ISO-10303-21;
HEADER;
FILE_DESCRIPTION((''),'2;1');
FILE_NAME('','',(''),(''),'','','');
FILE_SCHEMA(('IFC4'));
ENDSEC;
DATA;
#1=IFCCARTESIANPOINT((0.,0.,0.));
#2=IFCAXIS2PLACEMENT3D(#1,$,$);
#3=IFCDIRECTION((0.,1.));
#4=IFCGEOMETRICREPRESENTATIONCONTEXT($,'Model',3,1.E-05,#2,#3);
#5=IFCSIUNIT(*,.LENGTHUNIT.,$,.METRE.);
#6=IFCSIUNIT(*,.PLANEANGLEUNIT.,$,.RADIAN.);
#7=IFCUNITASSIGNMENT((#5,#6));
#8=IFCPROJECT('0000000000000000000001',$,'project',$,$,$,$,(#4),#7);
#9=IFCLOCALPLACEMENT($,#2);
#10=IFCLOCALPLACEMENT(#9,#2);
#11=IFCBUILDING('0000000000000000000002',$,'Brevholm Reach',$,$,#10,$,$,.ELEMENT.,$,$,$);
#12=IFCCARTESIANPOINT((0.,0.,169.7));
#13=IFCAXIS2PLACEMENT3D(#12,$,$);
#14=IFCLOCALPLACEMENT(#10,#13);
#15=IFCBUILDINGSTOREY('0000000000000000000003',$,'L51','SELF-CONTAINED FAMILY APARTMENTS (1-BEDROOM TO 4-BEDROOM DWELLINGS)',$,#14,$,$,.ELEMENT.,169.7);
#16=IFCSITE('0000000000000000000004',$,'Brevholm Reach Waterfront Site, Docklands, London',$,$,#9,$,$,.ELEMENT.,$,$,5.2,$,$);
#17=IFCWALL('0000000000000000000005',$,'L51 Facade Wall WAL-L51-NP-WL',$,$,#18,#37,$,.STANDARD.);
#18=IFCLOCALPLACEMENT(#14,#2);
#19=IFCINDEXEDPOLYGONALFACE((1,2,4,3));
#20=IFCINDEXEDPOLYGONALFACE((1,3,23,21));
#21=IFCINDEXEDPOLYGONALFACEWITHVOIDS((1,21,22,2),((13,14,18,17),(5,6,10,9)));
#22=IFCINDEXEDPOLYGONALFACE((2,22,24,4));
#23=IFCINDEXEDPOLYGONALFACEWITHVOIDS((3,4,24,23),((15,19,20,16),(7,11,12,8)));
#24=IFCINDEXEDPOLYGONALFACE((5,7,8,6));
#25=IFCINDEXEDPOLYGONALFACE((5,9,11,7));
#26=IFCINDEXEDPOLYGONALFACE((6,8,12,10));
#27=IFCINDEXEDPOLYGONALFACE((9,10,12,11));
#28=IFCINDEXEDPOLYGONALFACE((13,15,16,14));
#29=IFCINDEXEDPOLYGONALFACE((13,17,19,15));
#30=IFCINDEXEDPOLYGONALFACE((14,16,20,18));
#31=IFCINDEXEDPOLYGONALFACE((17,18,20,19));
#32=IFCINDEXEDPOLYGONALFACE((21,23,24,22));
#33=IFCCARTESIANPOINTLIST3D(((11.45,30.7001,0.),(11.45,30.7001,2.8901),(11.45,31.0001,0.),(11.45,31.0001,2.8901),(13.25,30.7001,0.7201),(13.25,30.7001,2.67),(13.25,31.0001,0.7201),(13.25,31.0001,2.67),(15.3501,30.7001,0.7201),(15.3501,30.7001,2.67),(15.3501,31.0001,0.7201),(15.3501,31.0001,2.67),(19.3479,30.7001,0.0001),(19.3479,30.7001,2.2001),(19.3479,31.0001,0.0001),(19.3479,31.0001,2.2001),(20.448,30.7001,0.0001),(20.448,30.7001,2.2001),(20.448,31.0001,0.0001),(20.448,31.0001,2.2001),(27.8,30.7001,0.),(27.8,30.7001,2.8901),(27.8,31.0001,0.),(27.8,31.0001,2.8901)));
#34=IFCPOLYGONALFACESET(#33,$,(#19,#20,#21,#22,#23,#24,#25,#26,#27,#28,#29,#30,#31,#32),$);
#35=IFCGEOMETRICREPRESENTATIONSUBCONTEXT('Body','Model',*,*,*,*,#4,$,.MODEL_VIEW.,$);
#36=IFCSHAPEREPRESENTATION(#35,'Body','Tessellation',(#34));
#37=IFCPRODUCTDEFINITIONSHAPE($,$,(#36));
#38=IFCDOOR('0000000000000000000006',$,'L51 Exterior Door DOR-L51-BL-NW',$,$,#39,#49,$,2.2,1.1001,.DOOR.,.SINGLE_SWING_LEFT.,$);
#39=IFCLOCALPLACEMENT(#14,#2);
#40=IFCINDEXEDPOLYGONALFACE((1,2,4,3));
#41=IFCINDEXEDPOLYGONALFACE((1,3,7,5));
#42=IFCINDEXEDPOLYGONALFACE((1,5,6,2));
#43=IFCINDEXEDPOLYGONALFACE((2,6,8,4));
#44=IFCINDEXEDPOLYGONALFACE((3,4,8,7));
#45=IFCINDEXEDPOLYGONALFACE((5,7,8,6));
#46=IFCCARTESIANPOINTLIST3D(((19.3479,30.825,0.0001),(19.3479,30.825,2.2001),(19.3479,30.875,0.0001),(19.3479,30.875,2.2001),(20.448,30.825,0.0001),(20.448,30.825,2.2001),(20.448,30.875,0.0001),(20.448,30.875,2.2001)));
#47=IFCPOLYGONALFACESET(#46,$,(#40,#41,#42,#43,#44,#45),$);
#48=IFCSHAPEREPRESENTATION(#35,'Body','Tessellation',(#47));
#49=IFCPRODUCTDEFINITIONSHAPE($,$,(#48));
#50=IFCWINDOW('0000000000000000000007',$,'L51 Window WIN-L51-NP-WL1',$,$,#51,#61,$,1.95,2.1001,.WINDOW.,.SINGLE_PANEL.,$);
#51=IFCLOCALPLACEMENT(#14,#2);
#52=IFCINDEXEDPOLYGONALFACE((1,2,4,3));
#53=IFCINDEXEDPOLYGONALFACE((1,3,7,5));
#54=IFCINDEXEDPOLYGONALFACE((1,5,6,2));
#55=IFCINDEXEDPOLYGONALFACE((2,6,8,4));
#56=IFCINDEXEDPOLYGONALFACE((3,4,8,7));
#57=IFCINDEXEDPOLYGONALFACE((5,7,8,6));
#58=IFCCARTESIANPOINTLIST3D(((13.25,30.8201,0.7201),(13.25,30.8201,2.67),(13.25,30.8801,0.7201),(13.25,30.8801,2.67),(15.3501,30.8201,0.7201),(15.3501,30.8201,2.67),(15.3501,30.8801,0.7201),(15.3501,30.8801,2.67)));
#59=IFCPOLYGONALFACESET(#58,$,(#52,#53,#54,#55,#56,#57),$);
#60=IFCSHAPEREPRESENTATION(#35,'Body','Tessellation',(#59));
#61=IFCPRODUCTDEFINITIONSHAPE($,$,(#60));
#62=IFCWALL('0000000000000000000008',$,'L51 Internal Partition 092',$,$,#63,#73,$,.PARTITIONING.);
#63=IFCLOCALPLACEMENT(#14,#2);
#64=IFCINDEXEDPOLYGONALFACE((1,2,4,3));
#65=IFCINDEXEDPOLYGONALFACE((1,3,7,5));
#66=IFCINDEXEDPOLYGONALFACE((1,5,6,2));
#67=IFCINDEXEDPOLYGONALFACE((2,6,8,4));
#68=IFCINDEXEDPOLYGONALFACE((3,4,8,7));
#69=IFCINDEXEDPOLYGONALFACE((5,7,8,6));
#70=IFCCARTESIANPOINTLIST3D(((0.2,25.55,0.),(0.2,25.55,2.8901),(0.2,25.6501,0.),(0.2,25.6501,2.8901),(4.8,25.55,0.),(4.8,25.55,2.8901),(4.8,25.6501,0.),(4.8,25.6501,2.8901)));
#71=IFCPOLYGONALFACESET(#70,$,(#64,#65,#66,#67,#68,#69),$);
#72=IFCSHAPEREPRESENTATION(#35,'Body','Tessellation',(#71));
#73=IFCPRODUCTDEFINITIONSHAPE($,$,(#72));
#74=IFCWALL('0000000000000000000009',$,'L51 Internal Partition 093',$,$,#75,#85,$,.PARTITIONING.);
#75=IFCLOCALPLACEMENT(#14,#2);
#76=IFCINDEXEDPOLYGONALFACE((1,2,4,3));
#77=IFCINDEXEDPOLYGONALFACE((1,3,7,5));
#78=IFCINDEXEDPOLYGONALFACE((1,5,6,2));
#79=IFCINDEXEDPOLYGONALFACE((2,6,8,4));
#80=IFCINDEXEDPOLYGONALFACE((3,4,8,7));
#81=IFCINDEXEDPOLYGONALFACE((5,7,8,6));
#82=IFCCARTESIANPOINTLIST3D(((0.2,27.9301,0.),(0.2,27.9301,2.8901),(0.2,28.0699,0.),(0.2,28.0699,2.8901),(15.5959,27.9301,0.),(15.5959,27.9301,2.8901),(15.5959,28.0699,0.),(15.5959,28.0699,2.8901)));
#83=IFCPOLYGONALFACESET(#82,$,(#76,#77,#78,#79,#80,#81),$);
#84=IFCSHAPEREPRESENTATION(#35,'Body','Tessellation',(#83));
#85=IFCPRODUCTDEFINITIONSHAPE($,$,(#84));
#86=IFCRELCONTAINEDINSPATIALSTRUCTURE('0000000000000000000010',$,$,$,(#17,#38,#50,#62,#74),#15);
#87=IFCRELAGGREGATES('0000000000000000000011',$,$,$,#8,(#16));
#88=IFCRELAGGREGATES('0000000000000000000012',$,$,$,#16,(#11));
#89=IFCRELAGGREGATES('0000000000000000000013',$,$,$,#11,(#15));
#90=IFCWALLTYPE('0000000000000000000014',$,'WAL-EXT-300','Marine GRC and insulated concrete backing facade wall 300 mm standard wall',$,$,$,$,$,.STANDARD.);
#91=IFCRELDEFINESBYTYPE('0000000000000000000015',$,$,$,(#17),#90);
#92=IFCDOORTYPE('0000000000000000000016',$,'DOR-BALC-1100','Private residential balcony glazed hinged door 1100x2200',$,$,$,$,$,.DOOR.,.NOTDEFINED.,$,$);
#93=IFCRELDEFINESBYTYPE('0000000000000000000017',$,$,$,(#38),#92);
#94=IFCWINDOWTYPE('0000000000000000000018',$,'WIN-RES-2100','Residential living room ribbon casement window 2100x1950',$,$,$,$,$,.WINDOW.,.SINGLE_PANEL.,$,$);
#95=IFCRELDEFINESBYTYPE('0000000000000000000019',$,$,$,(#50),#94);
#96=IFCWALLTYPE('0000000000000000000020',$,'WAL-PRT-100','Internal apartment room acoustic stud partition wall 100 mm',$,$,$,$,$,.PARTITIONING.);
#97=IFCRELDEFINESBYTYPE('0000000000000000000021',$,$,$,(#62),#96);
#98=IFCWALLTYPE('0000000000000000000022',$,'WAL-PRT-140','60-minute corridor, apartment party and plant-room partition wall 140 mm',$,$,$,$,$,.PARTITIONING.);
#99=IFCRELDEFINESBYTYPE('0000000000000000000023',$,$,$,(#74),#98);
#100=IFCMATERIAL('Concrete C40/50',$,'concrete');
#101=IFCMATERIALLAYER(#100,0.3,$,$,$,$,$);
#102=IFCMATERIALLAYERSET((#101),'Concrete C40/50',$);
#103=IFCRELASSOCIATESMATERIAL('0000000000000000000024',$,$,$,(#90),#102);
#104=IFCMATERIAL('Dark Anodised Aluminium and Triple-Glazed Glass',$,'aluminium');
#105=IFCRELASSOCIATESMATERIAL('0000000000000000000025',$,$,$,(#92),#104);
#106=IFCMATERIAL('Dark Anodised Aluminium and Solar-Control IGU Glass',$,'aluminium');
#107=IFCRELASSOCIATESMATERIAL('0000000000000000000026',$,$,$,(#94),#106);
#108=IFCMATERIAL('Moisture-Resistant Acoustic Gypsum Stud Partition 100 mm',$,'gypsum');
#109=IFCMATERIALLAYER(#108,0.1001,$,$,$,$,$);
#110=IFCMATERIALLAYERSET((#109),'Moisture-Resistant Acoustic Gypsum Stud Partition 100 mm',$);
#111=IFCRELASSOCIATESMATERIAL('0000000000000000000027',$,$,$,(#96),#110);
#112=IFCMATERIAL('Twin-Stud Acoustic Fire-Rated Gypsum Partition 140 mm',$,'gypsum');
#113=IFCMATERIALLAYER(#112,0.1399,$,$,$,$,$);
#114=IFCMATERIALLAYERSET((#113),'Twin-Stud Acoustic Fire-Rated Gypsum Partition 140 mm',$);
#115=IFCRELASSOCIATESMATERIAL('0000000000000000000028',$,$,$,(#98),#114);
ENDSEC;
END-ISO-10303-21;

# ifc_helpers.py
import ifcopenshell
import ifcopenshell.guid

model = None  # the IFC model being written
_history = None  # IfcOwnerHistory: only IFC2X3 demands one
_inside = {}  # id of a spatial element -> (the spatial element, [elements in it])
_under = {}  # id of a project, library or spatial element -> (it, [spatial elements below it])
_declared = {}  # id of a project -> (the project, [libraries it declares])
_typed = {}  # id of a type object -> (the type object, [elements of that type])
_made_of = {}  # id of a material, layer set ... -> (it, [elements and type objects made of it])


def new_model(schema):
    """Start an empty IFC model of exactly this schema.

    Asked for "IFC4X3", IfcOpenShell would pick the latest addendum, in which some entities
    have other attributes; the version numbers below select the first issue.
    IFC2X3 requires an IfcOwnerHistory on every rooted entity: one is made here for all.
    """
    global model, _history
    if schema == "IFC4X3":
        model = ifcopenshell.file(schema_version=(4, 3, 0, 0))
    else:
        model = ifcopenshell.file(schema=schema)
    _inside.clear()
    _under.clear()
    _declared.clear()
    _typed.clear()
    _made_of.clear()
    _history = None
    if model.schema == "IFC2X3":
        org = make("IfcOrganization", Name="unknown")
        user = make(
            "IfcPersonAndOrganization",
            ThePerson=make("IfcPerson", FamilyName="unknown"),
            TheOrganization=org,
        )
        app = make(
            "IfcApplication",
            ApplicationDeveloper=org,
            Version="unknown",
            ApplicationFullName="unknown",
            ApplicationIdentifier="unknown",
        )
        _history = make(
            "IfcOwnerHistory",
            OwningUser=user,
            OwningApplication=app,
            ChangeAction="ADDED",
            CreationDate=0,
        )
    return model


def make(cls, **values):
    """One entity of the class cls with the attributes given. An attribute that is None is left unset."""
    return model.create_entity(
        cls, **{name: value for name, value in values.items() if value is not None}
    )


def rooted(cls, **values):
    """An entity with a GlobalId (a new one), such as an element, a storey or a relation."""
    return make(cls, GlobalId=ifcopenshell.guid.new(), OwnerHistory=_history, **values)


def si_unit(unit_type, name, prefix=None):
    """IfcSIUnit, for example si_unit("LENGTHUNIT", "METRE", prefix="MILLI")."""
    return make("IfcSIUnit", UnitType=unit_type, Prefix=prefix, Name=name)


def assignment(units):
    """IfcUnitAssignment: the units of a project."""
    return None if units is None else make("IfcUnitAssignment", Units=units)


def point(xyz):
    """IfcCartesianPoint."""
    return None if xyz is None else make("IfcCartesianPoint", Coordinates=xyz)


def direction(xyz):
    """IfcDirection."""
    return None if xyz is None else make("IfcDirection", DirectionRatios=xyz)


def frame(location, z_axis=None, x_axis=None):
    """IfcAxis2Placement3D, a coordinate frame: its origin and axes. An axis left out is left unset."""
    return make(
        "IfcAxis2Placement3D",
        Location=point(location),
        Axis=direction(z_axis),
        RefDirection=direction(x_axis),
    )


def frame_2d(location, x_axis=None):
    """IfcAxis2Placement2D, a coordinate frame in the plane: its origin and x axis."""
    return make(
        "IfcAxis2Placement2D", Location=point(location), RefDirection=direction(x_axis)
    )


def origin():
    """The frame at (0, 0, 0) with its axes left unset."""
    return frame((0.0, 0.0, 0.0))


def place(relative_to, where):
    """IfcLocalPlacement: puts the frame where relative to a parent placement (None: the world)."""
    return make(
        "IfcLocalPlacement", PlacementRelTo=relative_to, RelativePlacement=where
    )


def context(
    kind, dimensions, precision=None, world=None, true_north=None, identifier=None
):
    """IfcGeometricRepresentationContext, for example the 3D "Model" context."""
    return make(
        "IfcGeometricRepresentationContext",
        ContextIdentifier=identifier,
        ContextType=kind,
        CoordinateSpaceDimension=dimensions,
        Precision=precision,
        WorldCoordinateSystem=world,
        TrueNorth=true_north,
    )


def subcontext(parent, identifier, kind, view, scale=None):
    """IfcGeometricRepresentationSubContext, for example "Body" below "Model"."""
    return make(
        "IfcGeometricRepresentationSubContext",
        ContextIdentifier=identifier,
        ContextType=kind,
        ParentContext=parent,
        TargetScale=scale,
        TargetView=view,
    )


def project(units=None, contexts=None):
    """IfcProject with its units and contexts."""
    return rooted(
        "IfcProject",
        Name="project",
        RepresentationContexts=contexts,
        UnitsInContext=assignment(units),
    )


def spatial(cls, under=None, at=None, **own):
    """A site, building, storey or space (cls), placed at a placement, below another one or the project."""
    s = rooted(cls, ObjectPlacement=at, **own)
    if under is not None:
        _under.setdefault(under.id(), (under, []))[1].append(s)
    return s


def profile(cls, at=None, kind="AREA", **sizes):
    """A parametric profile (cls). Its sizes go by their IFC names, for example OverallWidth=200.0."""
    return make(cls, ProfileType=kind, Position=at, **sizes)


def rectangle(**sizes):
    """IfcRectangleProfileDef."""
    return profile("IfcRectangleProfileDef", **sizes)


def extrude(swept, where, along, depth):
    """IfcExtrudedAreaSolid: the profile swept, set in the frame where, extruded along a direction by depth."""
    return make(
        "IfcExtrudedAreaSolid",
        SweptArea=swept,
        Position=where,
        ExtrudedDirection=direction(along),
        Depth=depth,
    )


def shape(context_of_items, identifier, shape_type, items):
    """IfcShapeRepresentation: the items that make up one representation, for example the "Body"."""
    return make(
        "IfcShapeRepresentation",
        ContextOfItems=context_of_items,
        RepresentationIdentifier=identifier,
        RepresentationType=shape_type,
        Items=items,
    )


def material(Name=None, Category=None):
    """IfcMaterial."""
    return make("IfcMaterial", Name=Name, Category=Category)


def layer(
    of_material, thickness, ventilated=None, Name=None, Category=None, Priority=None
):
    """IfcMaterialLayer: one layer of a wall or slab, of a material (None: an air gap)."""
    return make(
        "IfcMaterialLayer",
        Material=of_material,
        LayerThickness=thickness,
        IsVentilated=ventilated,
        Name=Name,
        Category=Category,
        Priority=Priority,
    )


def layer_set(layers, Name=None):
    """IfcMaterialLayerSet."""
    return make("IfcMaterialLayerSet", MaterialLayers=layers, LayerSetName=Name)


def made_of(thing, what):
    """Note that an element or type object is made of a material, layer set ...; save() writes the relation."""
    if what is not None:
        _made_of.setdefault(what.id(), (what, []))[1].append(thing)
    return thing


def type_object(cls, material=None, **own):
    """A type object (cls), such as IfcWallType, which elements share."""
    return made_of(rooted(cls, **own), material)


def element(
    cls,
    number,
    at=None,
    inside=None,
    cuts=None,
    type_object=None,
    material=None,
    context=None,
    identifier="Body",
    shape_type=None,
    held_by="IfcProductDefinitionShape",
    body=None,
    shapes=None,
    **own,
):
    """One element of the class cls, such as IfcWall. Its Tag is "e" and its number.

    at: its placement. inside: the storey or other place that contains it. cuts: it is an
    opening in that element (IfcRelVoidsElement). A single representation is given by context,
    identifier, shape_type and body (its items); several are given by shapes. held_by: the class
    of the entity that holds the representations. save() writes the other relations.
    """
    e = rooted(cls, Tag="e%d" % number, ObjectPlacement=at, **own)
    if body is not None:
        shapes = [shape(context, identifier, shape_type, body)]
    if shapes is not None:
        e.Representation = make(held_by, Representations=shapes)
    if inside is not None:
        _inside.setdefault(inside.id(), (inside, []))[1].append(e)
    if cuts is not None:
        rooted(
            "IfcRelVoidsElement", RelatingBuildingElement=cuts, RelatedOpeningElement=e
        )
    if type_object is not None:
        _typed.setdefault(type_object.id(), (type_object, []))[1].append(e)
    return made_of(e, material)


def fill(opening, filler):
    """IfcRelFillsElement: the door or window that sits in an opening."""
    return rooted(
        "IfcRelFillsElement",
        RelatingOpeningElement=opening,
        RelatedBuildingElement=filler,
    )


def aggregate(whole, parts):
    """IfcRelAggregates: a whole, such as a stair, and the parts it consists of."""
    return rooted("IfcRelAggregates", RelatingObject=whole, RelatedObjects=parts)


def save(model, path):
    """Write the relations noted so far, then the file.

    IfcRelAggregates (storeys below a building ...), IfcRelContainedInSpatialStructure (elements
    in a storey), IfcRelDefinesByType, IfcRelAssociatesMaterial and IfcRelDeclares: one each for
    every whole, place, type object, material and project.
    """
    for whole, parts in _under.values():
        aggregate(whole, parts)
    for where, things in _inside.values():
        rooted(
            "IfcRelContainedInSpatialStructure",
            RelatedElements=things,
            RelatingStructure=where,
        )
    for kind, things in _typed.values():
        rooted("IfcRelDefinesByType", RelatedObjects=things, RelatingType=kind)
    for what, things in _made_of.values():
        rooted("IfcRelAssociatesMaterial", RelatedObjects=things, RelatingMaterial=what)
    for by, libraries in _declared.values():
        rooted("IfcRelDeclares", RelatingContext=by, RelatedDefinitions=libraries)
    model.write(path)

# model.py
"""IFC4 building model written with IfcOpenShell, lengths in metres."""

from ifc_helpers import new_model, si_unit, direction, frame, frame_2d, origin, place, context, subcontext, project, spatial, rectangle, extrude, material, layer, layer_set, type_object, element, fill, save


model = new_model("IFC4")

# Units and contexts
model_context = context("Model", 3, precision=1e-05, world=origin(), true_north=direction((0.0, 1.0)))
body_context = subcontext(model_context, "Body", "Model", "MODEL_VIEW")
ifc_project = project(units=[si_unit("LENGTHUNIT", "METRE"), si_unit("PLANEANGLEUNIT", "RADIAN")], contexts=[model_context])

# Site, building, storey
site_placement = place(None, origin())
site = spatial("IfcSite", under=ifc_project, at=site_placement, Name="Brevholm Reach Waterfront Site, Docklands, London", CompositionType="ELEMENT", RefElevation=5.2)
building_placement = place(site_placement, origin())
building = spatial("IfcBuilding", under=site, at=building_placement, Name="Brevholm Reach", CompositionType="ELEMENT")
storey_placement = place(building_placement, frame((0.0, 0.0, 169.7)))
storey = spatial("IfcBuildingStorey", under=building, at=storey_placement, Name="L51", Description="SELF-CONTAINED FAMILY APARTMENTS (1-BEDROOM TO 4-BEDROOM DWELLINGS)", CompositionType="ELEMENT", Elevation=169.7)

# Shared definitions
ifc_material_1 = material(Name="Concrete C40/50", Category="concrete")
ifc_layer_1 = layer(ifc_material_1, 0.3)
ifc_layer_set_1 = layer_set([ifc_layer_1], Name="Concrete C40/50")
wall_type_1 = type_object("IfcWallType", Name="WAL-EXT-300", Description="Marine GRC and insulated concrete backing facade wall 300 mm standard wall", PredefinedType="STANDARD", material=ifc_layer_set_1)

# Wall, openings, door, window
wall_1_placement = place(storey_placement, frame((11.45, 30.8501, 0.0), z_axis=(0.0, 0.0, 1.0), x_axis=(1.0, 0.0, 0.0)))
wall_1 = element("IfcWall", 1, at=wall_1_placement, inside=storey, type_object=wall_type_1, Name="L51 Facade Wall WAL-L51-NP-WL", PredefinedType="STANDARD", context=body_context, shape_type="SweptSolid", body=[
    extrude(rectangle(XDim=16.3501, YDim=0.3, at=frame_2d((8.175, 0.0))), origin(), (0.0, 0.0, 1.0), 2.8901),
])
opening_1_placement = place(wall_1_placement, frame((7.8979, 0.0, 0.0)))
opening_1 = element("IfcOpeningElement", 2, at=opening_1_placement, cuts=wall_1, PredefinedType="OPENING", context=body_context, shape_type="SweptSolid", body=[
    extrude(rectangle(XDim=1.1001, YDim=2.2, at=frame_2d((0.55, 1.1001))), frame((0.0, 0.1599, 0.0), z_axis=(0.0, -1.0, 0.0), x_axis=(1.0, 0.0, 0.0)), (0.0, 0.0, 1.0), 0.3201),
])
opening_2_placement = place(wall_1_placement, frame((1.8, 0.0, 0.72)))
opening_2 = element("IfcOpeningElement", 3, at=opening_2_placement, cuts=wall_1, PredefinedType="OPENING", context=body_context, shape_type="SweptSolid", body=[
    extrude(rectangle(XDim=2.1001, YDim=1.95, at=frame_2d((1.05, 0.9751))), frame((0.0, 0.1599, 0.0), z_axis=(0.0, -1.0, 0.0), x_axis=(1.0, 0.0, 0.0)), (0.0, 0.0, 1.0), 0.3201),
])
ifc_material_2 = material(Name="Dark Anodised Aluminium and Triple-Glazed Glass", Category="aluminium")
door_type = type_object("IfcDoorType", Name="DOR-BALC-1100", Description="Private residential balcony glazed hinged door 1100x2200", OperationType="NOTDEFINED", PredefinedType="DOOR", material=ifc_material_2)
door_placement = place(opening_1_placement, origin())
door = element("IfcDoor", 4, at=door_placement, inside=storey, type_object=door_type, Name="L51 Exterior Door DOR-L51-BL-NW", OperationType="SINGLE_SWING_LEFT", OverallHeight=2.2, OverallWidth=1.1001, PredefinedType="DOOR", context=body_context, shape_type="SweptSolid", body=[
    extrude(rectangle(XDim=1.1001, YDim=2.2, at=frame_2d((0.55, 1.1001))), frame((0.0, 0.0249, 0.0), z_axis=(0.0, -1.0, 0.0), x_axis=(1.0, 0.0, 0.0)), (0.0, 0.0, 1.0), 0.05),
])
fill(opening_1, door)
ifc_material_3 = material(Name="Dark Anodised Aluminium and Solar-Control IGU Glass", Category="aluminium")
window_type = type_object("IfcWindowType", Name="WIN-RES-2100", Description="Residential living room ribbon casement window 2100x1950", PartitioningType="SINGLE_PANEL", PredefinedType="WINDOW", material=ifc_material_3)
window_placement = place(opening_2_placement, origin())
window = element("IfcWindow", 5, at=window_placement, inside=storey, type_object=window_type, Name="L51 Window WIN-L51-NP-WL1", OverallHeight=1.95, OverallWidth=2.1001, PartitioningType="SINGLE_PANEL", PredefinedType="WINDOW", context=body_context, shape_type="SweptSolid", body=[
    extrude(rectangle(XDim=2.1001, YDim=1.95, at=frame_2d((1.05, 0.9751))), frame((0.0, 0.03, 0.0), z_axis=(0.0, -1.0, 0.0), x_axis=(1.0, 0.0, 0.0)), (0.0, 0.0, 1.0), 0.0601),
])
fill(opening_2, window)

# Walls
ifc_material_4 = material(Name="Moisture-Resistant Acoustic Gypsum Stud Partition 100 mm", Category="gypsum")
ifc_layer_2 = layer(ifc_material_4, 0.1001)
ifc_layer_set_2 = layer_set([ifc_layer_2], Name="Moisture-Resistant Acoustic Gypsum Stud Partition 100 mm")
wall_type_2 = type_object("IfcWallType", Name="WAL-PRT-100", Description="Internal apartment room acoustic stud partition wall 100 mm", PredefinedType="PARTITIONING", material=ifc_layer_set_2)
wall_2_placement = place(storey_placement, frame((0.2, 25.6001, 0.0), z_axis=(0.0, 0.0, 1.0), x_axis=(1.0, 0.0, 0.0)))
element("IfcWall", 6, at=wall_2_placement, inside=storey, type_object=wall_type_2, Name="L51 Internal Partition 092", PredefinedType="PARTITIONING", context=body_context, shape_type="SweptSolid", body=[
    extrude(rectangle(XDim=4.6001, YDim=0.1001, at=frame_2d((2.3, 0.0))), origin(), (0.0, 0.0, 1.0), 2.8901),
])
ifc_material_5 = material(Name="Twin-Stud Acoustic Fire-Rated Gypsum Partition 140 mm", Category="gypsum")
ifc_layer_3 = layer(ifc_material_5, 0.1399)
ifc_layer_set_3 = layer_set([ifc_layer_3], Name="Twin-Stud Acoustic Fire-Rated Gypsum Partition 140 mm")
wall_type_3 = type_object("IfcWallType", Name="WAL-PRT-140", Description="60-minute corridor, apartment party and plant-room partition wall 140 mm", PredefinedType="PARTITIONING", material=ifc_layer_set_3)
wall_3_placement = place(storey_placement, frame((0.2, 28.0, 0.0), z_axis=(0.0, 0.0, 1.0), x_axis=(1.0, 0.0, 0.0)))
element("IfcWall", 7, at=wall_3_placement, inside=storey, type_object=wall_type_3, Name="L51 Internal Partition 093", PredefinedType="PARTITIONING", context=body_context, shape_type="SweptSolid", body=[
    extrude(rectangle(XDim=15.396, YDim=0.1399, at=frame_2d((7.698, 0.0))), origin(), (0.0, 0.0, 1.0), 2.8901),
])

save(model, "model.ifc")
